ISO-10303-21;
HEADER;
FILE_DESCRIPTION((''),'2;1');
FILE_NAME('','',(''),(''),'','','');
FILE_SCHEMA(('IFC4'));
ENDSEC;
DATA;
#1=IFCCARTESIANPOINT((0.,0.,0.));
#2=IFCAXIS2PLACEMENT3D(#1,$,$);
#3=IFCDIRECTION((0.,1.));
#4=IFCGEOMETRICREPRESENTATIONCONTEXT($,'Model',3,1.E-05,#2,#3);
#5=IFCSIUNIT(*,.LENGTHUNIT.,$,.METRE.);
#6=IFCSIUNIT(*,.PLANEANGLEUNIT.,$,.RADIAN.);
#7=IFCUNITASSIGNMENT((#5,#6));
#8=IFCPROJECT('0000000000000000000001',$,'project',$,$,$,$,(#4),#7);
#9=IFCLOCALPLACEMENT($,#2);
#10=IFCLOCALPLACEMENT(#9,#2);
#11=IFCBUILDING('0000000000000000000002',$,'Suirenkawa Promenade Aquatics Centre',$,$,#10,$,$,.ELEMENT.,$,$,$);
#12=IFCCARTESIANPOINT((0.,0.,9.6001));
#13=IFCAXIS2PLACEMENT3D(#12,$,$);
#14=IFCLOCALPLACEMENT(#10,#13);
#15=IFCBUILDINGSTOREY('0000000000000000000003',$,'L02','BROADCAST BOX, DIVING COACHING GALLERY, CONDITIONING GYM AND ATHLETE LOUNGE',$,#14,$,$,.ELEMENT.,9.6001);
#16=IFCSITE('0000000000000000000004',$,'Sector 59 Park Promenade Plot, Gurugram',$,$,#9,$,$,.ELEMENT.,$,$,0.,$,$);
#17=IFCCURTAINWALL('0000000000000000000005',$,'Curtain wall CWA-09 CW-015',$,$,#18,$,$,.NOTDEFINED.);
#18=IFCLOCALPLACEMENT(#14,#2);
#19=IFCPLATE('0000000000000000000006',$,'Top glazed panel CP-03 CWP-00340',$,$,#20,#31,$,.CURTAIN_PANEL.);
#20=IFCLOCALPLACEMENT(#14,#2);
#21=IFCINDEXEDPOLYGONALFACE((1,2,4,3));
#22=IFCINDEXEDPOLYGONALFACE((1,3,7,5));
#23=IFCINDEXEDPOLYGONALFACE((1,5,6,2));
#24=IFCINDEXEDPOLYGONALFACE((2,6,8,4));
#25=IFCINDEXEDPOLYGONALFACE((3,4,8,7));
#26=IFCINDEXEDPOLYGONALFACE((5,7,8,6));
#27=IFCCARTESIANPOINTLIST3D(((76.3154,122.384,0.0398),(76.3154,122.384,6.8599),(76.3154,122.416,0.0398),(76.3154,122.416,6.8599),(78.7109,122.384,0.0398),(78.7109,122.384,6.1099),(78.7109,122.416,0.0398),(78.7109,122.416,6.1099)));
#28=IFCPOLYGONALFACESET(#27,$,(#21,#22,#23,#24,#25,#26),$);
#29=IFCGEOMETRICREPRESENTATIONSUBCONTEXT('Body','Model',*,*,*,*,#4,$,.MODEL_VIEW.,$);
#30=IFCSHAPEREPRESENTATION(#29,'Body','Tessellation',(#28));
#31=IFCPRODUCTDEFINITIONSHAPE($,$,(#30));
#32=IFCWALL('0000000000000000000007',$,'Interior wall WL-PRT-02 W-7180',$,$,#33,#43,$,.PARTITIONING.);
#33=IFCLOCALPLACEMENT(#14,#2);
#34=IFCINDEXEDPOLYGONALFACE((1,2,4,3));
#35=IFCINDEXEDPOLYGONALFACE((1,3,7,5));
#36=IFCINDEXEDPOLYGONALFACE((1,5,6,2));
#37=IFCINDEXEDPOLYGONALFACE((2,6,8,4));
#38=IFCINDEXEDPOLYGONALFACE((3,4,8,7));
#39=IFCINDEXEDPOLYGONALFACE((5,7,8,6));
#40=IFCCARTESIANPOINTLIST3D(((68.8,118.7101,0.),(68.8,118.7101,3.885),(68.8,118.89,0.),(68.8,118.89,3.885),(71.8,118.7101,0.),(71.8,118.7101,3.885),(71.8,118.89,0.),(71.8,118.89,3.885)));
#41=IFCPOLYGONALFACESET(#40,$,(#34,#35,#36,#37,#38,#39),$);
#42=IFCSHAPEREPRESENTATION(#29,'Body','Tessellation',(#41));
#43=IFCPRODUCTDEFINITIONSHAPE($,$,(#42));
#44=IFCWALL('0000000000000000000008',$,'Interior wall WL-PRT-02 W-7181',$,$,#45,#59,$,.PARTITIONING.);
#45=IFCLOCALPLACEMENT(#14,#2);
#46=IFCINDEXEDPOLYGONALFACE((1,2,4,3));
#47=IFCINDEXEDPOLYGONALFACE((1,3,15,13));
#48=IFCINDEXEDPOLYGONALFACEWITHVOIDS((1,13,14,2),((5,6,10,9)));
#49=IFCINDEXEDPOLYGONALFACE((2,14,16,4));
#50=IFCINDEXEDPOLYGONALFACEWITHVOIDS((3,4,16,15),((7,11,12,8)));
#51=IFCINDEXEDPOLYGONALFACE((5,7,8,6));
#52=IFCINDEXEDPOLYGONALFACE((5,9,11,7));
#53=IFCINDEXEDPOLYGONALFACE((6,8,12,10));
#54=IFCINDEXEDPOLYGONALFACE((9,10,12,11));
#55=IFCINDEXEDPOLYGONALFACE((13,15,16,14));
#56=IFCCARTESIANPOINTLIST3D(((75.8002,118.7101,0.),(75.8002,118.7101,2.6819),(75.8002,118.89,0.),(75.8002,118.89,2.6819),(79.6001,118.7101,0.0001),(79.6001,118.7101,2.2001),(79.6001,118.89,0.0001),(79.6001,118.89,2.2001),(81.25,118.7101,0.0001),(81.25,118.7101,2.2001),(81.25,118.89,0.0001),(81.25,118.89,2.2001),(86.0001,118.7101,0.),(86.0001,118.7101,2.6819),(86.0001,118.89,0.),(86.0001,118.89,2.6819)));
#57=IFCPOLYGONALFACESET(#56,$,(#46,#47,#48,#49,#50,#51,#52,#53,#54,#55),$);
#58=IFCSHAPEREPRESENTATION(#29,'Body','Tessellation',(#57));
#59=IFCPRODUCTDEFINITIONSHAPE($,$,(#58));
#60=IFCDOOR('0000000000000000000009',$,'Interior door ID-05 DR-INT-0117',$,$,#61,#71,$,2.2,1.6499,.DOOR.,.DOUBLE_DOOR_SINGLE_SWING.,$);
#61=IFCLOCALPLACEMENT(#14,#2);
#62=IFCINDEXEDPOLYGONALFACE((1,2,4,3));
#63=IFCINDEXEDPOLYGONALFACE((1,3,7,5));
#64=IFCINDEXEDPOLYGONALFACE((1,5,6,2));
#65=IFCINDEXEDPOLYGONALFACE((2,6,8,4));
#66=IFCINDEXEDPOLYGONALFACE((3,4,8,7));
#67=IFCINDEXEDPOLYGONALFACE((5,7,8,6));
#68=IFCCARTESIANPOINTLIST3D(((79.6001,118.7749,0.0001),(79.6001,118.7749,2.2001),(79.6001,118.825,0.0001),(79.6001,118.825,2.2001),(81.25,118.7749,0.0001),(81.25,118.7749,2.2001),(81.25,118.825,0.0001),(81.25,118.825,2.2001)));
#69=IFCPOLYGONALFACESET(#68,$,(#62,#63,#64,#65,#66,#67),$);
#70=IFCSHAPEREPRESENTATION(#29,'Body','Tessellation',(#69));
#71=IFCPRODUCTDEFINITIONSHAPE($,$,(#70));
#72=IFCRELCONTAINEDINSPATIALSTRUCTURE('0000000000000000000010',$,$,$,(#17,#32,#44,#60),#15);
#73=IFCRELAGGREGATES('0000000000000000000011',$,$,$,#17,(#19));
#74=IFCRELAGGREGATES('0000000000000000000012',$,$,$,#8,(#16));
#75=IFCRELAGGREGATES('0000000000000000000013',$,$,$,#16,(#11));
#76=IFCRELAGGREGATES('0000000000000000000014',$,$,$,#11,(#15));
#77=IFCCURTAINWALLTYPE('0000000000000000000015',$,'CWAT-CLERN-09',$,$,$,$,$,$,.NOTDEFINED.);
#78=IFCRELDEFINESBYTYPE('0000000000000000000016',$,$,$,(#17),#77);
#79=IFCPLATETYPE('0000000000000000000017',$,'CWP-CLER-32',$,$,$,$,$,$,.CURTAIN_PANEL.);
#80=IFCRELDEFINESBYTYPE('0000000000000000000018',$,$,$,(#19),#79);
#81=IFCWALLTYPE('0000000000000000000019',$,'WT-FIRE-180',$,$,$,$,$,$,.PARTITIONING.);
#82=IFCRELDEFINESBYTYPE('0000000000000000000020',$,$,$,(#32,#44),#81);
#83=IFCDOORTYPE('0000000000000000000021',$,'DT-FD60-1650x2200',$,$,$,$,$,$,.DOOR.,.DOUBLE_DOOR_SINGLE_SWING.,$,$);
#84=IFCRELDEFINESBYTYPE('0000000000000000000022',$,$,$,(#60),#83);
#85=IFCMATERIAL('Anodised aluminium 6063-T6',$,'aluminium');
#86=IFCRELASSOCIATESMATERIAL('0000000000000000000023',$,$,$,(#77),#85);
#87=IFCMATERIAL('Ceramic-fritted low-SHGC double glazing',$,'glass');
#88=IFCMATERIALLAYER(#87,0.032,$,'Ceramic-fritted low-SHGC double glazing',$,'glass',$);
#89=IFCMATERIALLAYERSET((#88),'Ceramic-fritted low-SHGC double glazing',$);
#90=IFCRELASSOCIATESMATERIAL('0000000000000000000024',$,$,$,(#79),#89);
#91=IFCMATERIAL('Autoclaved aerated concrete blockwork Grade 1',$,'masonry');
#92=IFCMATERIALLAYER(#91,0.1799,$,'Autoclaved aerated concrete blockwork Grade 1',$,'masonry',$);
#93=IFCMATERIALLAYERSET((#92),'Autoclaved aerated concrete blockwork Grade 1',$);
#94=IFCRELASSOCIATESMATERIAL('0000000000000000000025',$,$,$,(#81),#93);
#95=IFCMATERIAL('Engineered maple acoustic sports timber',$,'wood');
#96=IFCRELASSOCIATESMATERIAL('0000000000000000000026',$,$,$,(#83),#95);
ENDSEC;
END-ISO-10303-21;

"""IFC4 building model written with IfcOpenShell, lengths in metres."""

from ifc_helpers import new_model, si_unit, direction, frame, frame_2d, origin, place, context, subcontext, project, spatial, polyline, rectangle, outline, extrude, material, layer, layer_set, type_object, element, fill, aggregate, save


model = new_model("IFC4")

# Units and contexts
model_context = context("Model", 3, precision=1e-05, world=origin(), true_north=direction((0.0, 1.0)))
body_context = subcontext(model_context, "Body", "Model", "MODEL_VIEW")
ifc_project = project(units=[si_unit("LENGTHUNIT", "METRE"), si_unit("PLANEANGLEUNIT", "RADIAN")], contexts=[model_context])

# Site, building, storey
site_placement = place(None, origin())
site = spatial("IfcSite", under=ifc_project, at=site_placement, Name="Sector 59 Park Promenade Plot, Gurugram", CompositionType="ELEMENT", RefElevation=0.0)
building_placement = place(site_placement, origin())
building = spatial("IfcBuilding", under=site, at=building_placement, Name="Suirenkawa Promenade Aquatics Centre", CompositionType="ELEMENT")
storey_placement = place(building_placement, frame((0.0, 0.0, 9.6001)))
storey = spatial("IfcBuildingStorey", under=building, at=storey_placement, Name="L02", Description="BROADCAST BOX, DIVING COACHING GALLERY, CONDITIONING GYM AND ATHLETE LOUNGE", CompositionType="ELEMENT", Elevation=9.6001)

# Curtain wall, plate
ifc_material_1 = material(Name="Anodised aluminium 6063-T6", Category="aluminium")
curtain_wall_type = type_object("IfcCurtainWallType", Name="CWAT-CLERN-09", PredefinedType="NOTDEFINED", material=ifc_material_1)
curtain_wall_placement = place(storey_placement, origin())
curtain_wall = element("IfcCurtainWall", 1, at=curtain_wall_placement, inside=storey, type_object=curtain_wall_type, Name="Curtain wall CWA-09 CW-015", PredefinedType="NOTDEFINED")
ifc_material_2 = material(Name="Ceramic-fritted low-SHGC double glazing", Category="glass")
ifc_layer_1 = layer(ifc_material_2, 0.032, Name="Ceramic-fritted low-SHGC double glazing", Category="glass")
ifc_layer_set_1 = layer_set([ifc_layer_1], Name="Ceramic-fritted low-SHGC double glazing")
plate_type = type_object("IfcPlateType", Name="CWP-CLER-32", PredefinedType="CURTAIN_PANEL", material=ifc_layer_set_1)
plate_1_placement = place(storey_placement, frame((76.2754, 122.3999, 0.0398), z_axis=(0.0, 0.0, 1.0), x_axis=(1.0, 0.0, 0.0)))
plate_1 = element("IfcPlate", 2, at=plate_1_placement, type_object=plate_type, Name="Top glazed panel CP-03 CWP-00340", PredefinedType="CURTAIN_PANEL", context=body_context, shape_type="SweptSolid", body=[
    extrude(outline(polyline([(0.04, 0.0), (2.4355, 0.0), (2.4355, 6.0701), (0.04, 6.8201), (0.04, 0.0)])), frame((0.0, 0.0161, 0.0), z_axis=(0.0, -1.0, 0.0), x_axis=(1.0, 0.0, 0.0)), (0.0, 0.0, 1.0), 0.032),
])
aggregate(curtain_wall, [plate_1])

# Wall
ifc_material_3 = material(Name="Autoclaved aerated concrete blockwork Grade 1", Category="masonry")
ifc_layer_2 = layer(ifc_material_3, 0.1799, Name="Autoclaved aerated concrete blockwork Grade 1", Category="masonry")
ifc_layer_set_2 = layer_set([ifc_layer_2], Name="Autoclaved aerated concrete blockwork Grade 1")
wall_type = type_object("IfcWallType", Name="WT-FIRE-180", PredefinedType="PARTITIONING", material=ifc_layer_set_2)
wall_1_placement = place(storey_placement, frame((68.8, 118.8, 0.0), z_axis=(0.0, 0.0, 1.0), x_axis=(1.0, 0.0, 0.0)))
element("IfcWall", 3, at=wall_1_placement, inside=storey, type_object=wall_type, Name="Interior wall WL-PRT-02 W-7180", PredefinedType="PARTITIONING", context=body_context, shape_type="SweptSolid", body=[
    extrude(rectangle(XDim=3.0, YDim=0.1799, at=frame_2d((1.5, 0.0))), origin(), (0.0, 0.0, 1.0), 3.885),
])

# Wall, opening, door
wall_2_placement = place(storey_placement, frame((75.8, 118.8, 0.0), z_axis=(0.0, 0.0, 1.0), x_axis=(1.0, 0.0, 0.0)))
wall_2 = element("IfcWall", 4, at=wall_2_placement, inside=storey, type_object=wall_type, Name="Interior wall WL-PRT-02 W-7181", PredefinedType="PARTITIONING", context=body_context, shape_type="SweptSolid", body=[
    extrude(rectangle(XDim=10.2, YDim=0.1799, at=frame_2d((5.1001, 0.0))), origin(), (0.0, 0.0, 1.0), 2.6819),
])
opening_placement = place(wall_2_placement, frame((3.8, 0.0, 0.0)))
opening = element("IfcOpeningElement", 5, at=opening_placement, cuts=wall_2, PredefinedType="OPENING", context=body_context, shape_type="SweptSolid", body=[
    extrude(rectangle(XDim=1.6499, YDim=2.2, at=frame_2d((0.825, 1.1001))), frame((0.0, 0.0999, 0.0), z_axis=(0.0, -1.0, 0.0), x_axis=(1.0, 0.0, 0.0)), (0.0, 0.0, 1.0), 0.2),
])
ifc_material_4 = material(Name="Engineered maple acoustic sports timber", Category="wood")
door_type = type_object("IfcDoorType", Name="DT-FD60-1650x2200", OperationType="DOUBLE_DOOR_SINGLE_SWING", PredefinedType="DOOR", material=ifc_material_4)
door_placement = place(opening_placement, origin())
door = element("IfcDoor", 6, at=door_placement, inside=storey, type_object=door_type, Name="Interior door ID-05 DR-INT-0117", OperationType="DOUBLE_DOOR_SINGLE_SWING", OverallHeight=2.2, OverallWidth=1.6499, PredefinedType="DOOR", context=body_context, shape_type="SweptSolid", body=[
    extrude(rectangle(XDim=1.6499, YDim=2.2, at=frame_2d((0.825, 1.1001))), frame((0.0, 0.0249, 0.0), z_axis=(0.0, -1.0, 0.0), x_axis=(1.0, 0.0, 0.0)), (0.0, 0.0, 1.0), 0.05),
])
fill(opening, door)

save(model, "model.ifc")
